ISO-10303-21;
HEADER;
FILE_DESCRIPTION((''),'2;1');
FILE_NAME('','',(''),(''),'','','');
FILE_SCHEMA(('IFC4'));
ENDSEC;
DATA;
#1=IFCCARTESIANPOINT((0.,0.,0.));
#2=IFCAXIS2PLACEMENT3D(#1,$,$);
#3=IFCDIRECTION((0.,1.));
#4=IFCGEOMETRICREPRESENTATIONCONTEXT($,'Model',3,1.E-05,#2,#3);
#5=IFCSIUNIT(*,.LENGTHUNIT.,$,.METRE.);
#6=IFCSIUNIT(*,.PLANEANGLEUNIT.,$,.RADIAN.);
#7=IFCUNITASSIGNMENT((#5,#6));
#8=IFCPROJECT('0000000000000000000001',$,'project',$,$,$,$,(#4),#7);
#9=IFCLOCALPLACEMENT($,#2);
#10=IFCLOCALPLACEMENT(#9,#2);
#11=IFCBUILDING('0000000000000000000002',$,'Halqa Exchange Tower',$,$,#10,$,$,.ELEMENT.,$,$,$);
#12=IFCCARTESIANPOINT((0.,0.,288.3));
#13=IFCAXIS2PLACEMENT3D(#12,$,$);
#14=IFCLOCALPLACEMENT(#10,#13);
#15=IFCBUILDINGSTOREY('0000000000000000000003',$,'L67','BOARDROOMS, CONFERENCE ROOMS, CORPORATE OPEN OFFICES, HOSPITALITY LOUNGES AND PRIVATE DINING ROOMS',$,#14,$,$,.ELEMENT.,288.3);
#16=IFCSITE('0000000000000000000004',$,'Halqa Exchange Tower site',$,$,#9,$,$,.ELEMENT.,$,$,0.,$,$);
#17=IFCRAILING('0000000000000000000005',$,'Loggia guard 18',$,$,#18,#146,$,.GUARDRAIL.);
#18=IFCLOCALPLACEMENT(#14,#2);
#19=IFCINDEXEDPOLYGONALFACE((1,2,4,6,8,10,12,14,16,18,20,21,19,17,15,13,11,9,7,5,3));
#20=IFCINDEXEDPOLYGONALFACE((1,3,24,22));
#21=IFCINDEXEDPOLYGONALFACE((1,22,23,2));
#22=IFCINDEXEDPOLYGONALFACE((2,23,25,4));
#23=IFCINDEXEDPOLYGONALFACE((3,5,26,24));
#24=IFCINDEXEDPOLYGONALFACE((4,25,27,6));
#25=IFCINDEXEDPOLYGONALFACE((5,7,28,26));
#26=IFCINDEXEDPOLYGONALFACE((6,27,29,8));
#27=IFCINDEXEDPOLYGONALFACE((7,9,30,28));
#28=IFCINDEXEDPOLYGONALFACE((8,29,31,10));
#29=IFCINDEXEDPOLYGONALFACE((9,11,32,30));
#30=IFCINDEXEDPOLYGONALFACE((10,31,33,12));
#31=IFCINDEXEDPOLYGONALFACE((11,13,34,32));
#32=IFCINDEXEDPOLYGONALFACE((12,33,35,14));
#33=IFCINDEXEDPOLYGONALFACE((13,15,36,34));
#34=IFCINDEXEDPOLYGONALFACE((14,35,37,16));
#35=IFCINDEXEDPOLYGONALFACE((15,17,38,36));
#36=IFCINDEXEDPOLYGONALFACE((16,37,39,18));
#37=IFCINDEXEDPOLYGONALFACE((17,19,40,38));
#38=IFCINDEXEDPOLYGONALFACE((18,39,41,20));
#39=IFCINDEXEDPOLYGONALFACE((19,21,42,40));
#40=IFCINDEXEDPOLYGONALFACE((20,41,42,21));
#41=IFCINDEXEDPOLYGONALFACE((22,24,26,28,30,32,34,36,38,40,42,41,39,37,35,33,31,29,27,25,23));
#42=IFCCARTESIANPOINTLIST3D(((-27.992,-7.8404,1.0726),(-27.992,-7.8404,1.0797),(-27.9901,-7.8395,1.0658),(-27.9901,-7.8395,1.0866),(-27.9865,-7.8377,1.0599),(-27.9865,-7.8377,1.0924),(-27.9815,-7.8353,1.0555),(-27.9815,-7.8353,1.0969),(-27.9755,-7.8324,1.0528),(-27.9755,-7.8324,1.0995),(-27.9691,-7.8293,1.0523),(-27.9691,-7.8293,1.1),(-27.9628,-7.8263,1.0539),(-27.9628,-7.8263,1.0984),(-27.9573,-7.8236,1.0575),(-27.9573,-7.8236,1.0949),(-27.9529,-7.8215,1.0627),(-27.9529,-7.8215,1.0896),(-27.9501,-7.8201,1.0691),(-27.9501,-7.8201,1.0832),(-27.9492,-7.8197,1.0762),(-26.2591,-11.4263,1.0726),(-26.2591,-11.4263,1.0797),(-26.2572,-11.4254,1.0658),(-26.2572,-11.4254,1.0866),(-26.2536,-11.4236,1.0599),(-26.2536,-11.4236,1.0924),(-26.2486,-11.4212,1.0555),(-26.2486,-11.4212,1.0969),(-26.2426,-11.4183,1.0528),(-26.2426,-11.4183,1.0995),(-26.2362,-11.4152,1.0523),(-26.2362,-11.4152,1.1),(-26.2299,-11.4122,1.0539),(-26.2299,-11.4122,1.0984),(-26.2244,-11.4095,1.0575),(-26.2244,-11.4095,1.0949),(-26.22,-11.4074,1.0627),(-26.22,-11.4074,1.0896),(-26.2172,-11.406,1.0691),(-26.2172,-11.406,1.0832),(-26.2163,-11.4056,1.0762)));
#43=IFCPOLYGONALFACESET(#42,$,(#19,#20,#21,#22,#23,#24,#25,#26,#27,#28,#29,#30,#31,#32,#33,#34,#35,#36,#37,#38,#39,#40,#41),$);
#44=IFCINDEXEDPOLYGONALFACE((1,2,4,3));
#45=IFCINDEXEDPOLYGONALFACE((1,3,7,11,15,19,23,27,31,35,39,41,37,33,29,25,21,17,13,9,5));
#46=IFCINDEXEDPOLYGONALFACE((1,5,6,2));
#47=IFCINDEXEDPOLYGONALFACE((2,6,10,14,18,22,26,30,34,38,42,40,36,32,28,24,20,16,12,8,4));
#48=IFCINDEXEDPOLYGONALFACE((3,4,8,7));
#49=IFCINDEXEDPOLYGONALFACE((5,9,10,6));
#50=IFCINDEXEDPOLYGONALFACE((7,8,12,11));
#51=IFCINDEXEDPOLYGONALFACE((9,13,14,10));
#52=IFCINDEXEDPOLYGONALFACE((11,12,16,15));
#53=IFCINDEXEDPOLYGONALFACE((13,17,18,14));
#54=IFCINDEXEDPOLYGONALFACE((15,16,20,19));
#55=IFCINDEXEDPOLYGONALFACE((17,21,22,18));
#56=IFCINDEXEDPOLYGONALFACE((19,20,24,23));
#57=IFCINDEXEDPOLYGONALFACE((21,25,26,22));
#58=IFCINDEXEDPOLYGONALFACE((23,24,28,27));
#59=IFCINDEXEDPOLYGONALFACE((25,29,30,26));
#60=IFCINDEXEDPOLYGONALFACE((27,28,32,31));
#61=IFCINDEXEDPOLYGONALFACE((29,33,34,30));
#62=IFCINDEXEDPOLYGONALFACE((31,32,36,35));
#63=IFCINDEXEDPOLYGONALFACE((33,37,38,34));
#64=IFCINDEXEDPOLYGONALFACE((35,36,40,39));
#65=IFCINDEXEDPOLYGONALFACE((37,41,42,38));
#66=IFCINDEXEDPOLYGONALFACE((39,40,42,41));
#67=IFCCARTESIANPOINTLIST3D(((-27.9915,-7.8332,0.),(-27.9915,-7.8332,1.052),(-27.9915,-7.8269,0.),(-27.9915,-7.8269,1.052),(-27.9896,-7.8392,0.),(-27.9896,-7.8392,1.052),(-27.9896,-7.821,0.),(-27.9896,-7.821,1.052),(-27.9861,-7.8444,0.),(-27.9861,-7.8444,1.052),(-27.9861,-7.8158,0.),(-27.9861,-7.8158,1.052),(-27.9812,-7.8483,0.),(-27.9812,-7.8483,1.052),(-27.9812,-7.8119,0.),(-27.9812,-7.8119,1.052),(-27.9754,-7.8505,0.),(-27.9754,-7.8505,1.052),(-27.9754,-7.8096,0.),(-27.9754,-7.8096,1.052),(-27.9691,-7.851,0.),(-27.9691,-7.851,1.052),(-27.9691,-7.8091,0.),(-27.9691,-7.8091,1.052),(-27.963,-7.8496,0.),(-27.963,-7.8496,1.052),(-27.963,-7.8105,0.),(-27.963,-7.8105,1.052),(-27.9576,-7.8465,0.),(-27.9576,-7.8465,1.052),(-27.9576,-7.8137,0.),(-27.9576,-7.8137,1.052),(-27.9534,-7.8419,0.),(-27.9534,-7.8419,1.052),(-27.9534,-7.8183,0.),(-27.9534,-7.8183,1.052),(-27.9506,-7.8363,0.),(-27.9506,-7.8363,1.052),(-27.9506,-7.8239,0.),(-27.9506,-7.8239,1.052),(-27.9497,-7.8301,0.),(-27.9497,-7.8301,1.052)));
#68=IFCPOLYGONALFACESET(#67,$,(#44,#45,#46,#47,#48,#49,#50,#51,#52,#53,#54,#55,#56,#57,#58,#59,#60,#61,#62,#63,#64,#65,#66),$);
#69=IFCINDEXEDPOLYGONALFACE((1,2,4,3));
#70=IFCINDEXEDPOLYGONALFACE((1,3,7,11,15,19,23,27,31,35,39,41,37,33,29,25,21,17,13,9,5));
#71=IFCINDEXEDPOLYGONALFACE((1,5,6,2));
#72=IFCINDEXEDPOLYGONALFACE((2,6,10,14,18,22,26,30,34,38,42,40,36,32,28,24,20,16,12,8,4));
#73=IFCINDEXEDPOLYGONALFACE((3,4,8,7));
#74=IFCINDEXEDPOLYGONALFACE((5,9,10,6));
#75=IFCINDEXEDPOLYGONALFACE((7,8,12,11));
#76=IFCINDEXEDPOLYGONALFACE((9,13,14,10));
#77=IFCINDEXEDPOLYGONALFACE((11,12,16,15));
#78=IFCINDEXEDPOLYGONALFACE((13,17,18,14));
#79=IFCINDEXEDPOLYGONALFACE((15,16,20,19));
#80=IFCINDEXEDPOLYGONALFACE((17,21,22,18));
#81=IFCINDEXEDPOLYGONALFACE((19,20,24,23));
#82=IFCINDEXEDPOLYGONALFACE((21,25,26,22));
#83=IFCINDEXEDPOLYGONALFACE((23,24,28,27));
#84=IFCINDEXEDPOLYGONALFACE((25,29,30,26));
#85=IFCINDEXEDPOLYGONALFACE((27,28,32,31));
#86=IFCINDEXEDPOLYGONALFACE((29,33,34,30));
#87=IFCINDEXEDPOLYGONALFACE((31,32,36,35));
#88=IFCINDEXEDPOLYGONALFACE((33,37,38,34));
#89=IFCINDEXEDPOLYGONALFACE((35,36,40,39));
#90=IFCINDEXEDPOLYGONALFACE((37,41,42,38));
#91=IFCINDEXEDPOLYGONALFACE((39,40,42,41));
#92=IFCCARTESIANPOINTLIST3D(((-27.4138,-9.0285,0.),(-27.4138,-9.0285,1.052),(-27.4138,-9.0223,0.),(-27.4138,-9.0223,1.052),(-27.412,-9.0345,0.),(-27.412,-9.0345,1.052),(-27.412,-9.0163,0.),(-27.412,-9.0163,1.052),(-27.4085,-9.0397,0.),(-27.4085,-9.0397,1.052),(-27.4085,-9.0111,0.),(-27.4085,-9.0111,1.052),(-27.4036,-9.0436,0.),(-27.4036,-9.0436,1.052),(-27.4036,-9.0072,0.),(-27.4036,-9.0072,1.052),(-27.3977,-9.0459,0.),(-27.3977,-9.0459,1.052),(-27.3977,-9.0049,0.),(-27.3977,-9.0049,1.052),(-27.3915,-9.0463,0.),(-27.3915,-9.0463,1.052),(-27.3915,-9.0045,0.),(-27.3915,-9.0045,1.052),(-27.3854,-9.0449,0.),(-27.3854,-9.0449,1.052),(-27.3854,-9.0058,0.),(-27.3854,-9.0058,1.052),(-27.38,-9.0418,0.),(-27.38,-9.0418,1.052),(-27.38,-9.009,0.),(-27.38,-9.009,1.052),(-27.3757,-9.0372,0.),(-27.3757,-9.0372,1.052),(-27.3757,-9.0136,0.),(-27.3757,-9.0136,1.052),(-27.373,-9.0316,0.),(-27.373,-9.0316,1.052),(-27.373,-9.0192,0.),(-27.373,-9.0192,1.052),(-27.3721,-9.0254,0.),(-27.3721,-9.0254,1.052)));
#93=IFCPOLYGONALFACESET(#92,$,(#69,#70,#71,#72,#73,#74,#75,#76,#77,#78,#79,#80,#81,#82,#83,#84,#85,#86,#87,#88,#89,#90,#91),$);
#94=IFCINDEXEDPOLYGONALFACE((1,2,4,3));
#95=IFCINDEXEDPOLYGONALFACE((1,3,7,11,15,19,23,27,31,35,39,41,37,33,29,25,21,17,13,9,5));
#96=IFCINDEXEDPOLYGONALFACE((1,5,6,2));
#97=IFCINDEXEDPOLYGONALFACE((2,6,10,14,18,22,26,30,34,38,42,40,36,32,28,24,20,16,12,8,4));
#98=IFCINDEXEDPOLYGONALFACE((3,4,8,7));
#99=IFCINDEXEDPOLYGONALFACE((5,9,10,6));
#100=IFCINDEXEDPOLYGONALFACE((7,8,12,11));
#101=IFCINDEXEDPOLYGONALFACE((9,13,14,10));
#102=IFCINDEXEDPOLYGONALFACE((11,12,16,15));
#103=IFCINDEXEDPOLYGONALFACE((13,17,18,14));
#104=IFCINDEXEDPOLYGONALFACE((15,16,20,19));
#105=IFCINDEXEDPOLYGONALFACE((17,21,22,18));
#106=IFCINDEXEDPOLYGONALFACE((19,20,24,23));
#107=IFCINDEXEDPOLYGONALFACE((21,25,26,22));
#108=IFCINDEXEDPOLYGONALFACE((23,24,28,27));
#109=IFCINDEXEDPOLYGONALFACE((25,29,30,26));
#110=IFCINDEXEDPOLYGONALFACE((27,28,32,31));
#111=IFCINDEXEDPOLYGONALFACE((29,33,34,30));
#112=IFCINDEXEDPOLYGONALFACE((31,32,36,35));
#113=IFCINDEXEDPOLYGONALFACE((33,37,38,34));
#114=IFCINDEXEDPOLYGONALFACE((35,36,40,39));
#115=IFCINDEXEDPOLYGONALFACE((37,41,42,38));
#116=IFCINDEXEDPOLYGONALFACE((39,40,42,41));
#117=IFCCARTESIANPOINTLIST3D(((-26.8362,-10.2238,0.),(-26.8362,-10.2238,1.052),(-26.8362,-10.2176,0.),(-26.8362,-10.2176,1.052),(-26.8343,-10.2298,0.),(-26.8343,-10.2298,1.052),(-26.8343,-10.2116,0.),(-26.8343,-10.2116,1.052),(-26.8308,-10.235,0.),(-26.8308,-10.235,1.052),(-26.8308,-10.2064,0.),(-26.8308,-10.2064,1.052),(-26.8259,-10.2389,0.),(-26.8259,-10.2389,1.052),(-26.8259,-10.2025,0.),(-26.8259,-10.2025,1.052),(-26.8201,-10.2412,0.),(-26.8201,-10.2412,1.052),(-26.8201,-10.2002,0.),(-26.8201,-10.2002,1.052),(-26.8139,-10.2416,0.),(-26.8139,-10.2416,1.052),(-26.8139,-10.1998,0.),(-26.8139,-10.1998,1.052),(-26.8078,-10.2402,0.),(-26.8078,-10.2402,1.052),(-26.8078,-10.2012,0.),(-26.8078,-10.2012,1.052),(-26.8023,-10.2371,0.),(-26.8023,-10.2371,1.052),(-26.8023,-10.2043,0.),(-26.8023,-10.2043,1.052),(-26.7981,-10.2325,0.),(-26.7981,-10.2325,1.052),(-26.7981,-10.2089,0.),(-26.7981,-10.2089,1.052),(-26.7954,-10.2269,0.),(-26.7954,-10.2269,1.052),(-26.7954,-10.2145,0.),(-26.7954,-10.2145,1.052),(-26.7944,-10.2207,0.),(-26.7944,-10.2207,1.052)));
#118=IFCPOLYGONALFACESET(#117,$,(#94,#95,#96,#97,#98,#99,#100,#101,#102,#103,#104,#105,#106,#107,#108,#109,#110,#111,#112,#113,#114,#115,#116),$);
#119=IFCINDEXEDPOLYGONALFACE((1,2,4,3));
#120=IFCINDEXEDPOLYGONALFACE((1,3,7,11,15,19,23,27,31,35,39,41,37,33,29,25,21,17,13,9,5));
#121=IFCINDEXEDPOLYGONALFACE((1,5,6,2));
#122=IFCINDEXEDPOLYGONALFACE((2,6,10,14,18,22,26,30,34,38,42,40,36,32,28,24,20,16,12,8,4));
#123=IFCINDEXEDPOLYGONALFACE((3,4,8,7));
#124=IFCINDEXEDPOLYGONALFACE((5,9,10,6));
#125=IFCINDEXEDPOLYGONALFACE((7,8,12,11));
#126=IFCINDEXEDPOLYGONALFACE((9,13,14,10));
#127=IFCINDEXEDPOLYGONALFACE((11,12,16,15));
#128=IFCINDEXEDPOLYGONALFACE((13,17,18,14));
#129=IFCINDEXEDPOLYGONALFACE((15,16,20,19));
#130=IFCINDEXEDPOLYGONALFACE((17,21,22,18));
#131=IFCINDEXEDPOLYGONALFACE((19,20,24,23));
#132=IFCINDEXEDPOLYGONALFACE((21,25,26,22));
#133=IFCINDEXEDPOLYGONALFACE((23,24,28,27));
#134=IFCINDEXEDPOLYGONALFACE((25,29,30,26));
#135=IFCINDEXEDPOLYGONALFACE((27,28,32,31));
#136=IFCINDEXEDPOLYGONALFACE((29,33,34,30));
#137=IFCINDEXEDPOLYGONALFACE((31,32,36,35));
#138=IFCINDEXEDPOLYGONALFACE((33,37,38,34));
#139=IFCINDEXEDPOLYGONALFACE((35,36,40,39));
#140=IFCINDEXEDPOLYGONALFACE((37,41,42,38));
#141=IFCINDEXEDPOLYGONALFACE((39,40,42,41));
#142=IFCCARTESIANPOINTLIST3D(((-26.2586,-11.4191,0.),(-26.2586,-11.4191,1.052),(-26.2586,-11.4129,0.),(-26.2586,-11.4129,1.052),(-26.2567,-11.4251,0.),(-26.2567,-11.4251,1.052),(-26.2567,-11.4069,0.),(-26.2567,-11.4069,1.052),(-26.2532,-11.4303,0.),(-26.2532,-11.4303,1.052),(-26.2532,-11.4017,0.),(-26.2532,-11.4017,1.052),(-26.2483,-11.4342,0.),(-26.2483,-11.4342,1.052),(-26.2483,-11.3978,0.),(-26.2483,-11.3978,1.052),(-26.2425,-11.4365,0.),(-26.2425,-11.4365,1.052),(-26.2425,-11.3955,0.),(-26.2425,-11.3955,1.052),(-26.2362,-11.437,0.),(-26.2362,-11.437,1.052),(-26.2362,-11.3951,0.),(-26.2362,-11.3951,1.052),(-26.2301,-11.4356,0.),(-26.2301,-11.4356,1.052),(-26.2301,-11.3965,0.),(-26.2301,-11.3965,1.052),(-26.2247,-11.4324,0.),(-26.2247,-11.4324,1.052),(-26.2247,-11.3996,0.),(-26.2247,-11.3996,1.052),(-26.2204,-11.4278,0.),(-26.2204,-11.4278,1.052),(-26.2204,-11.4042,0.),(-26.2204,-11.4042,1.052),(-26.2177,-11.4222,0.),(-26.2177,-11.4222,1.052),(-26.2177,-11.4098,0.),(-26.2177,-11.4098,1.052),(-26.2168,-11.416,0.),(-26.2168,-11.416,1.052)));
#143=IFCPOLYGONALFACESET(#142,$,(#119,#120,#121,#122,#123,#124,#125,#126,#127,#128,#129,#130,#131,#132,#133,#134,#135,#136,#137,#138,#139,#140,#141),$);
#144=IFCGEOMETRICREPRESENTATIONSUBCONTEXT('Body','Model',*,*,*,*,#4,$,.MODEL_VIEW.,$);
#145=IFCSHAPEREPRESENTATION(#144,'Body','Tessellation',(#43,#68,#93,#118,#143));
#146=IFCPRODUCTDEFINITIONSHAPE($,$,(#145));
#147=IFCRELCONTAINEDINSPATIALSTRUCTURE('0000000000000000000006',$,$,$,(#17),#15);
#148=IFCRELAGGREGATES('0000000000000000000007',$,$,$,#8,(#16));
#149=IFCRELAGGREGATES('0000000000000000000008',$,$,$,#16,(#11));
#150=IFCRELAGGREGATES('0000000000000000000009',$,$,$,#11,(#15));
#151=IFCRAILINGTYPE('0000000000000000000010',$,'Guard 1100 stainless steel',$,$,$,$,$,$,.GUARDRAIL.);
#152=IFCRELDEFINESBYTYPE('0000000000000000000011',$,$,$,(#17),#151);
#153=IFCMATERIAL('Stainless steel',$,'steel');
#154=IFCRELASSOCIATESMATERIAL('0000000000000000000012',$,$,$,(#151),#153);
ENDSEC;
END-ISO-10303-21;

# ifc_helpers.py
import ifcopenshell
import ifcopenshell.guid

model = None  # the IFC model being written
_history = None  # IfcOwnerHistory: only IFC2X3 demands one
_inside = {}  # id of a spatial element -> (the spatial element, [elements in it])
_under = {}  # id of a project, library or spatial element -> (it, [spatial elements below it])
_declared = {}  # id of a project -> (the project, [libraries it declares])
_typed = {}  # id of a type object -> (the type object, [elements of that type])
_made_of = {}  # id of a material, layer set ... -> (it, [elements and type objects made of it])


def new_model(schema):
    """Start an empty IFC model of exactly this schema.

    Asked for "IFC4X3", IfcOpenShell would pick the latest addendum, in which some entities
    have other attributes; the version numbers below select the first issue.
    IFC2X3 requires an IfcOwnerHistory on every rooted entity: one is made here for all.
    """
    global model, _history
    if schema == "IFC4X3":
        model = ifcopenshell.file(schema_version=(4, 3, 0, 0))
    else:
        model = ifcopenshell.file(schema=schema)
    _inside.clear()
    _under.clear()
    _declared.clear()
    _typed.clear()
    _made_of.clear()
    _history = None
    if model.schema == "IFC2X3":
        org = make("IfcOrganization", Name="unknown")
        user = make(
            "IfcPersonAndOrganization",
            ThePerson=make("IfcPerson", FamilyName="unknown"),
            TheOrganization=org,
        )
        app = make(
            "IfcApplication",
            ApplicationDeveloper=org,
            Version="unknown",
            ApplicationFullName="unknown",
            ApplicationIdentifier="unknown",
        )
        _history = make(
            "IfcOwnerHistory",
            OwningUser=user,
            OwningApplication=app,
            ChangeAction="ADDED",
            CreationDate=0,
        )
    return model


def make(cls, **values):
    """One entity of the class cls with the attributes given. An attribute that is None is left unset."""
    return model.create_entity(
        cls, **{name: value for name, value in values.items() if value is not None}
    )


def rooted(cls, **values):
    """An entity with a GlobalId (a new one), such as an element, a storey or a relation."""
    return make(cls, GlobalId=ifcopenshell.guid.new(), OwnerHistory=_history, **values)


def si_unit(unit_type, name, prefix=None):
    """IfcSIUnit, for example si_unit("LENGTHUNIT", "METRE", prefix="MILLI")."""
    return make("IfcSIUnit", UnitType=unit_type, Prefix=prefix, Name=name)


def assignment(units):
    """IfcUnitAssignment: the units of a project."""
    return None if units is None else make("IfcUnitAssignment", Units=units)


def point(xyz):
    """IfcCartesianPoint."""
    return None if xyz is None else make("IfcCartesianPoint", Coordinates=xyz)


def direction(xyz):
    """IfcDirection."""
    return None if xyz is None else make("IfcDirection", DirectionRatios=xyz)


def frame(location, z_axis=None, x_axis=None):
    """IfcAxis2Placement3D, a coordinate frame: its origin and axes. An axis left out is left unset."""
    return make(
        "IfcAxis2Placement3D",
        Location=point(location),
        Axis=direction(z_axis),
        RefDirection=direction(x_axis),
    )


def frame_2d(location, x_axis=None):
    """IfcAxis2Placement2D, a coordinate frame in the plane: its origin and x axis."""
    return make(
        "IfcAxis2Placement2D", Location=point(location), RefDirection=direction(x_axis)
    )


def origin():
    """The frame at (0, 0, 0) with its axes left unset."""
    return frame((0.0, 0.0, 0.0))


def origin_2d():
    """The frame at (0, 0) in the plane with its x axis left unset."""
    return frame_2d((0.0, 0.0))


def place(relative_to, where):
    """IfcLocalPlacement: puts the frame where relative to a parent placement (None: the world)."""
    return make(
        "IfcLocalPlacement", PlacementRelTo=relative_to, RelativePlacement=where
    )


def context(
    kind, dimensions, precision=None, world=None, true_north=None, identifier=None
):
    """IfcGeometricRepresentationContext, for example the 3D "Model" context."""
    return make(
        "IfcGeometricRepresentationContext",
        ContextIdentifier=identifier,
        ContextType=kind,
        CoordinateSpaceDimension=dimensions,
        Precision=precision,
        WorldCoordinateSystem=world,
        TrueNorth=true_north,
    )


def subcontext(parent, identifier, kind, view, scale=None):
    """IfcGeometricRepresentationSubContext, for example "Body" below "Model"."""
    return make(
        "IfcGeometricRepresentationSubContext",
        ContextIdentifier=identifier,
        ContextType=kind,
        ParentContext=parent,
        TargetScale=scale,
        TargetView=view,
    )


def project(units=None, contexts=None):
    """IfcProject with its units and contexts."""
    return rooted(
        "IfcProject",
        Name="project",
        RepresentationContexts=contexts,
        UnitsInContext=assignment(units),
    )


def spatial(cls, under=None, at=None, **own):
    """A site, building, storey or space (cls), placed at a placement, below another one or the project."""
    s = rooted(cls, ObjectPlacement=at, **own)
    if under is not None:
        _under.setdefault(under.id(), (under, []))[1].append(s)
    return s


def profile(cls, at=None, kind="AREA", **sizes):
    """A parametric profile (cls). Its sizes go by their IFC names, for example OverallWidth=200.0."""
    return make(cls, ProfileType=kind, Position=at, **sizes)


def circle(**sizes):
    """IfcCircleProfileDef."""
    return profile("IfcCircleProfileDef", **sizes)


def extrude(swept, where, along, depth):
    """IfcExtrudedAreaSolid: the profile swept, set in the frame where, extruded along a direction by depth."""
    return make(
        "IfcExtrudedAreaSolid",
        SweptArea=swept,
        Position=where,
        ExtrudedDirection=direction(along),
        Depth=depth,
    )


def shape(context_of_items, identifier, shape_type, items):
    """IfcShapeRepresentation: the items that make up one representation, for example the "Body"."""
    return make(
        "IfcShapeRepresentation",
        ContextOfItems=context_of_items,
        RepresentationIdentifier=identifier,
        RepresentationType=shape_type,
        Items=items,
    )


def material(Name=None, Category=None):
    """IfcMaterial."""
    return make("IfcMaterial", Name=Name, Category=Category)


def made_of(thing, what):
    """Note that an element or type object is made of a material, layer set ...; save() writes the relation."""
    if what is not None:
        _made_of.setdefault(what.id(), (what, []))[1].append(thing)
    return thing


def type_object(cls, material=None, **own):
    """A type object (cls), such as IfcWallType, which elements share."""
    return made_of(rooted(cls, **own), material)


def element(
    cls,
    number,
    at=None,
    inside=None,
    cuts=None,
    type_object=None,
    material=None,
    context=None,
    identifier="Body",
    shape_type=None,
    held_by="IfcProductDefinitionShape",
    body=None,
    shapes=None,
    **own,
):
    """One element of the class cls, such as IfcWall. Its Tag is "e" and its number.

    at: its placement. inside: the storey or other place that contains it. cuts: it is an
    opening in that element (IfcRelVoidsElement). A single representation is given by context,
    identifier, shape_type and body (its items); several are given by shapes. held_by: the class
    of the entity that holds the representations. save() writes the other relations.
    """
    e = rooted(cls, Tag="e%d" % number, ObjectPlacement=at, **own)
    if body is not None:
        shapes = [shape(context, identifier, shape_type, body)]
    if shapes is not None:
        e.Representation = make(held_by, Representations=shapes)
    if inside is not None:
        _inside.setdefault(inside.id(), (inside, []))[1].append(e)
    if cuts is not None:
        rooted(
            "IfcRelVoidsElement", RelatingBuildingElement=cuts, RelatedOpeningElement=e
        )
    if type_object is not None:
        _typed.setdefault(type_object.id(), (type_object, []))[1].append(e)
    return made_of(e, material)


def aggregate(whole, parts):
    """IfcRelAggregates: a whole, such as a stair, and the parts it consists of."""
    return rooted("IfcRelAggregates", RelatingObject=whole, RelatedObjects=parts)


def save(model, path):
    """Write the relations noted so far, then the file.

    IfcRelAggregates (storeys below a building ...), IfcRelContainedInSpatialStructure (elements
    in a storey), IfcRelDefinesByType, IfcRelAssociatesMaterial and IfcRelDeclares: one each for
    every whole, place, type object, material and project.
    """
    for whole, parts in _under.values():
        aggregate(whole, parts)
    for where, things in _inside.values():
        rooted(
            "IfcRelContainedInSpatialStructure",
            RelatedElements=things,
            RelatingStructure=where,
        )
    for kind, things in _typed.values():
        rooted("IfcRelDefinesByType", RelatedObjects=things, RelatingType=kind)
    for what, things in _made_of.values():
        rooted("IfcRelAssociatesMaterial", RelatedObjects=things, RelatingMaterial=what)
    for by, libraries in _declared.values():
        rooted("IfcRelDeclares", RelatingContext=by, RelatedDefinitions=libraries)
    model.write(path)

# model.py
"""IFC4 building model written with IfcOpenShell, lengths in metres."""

from ifc_helpers import new_model, si_unit, direction, frame, origin, origin_2d, place, context, subcontext, project, spatial, circle, extrude, material, type_object, element, save


model = new_model("IFC4")

# Units and contexts
model_context = context("Model", 3, precision=1e-05, world=origin(), true_north=direction((0.0, 1.0)))
body_context = subcontext(model_context, "Body", "Model", "MODEL_VIEW")
ifc_project = project(units=[si_unit("LENGTHUNIT", "METRE"), si_unit("PLANEANGLEUNIT", "RADIAN")], contexts=[model_context])

# Site, building, storey
site_placement = place(None, origin())
site = spatial("IfcSite", under=ifc_project, at=site_placement, Name="Halqa Exchange Tower site", CompositionType="ELEMENT", RefElevation=0.0)
building_placement = place(site_placement, origin())
building = spatial("IfcBuilding", under=site, at=building_placement, Name="Halqa Exchange Tower", CompositionType="ELEMENT")
storey_placement = place(building_placement, frame((0.0, 0.0, 288.3)))
storey = spatial("IfcBuildingStorey", under=building, at=storey_placement, Name="L67", Description="BOARDROOMS, CONFERENCE ROOMS, CORPORATE OPEN OFFICES, HOSPITALITY LOUNGES AND PRIVATE DINING ROOMS", CompositionType="ELEMENT", Elevation=288.3)

# Railing
ifc_material_1 = material(Name="Stainless steel", Category="steel")
railing_type = type_object("IfcRailingType", Name="Guard 1100 stainless steel", PredefinedType="GUARDRAIL", material=ifc_material_1)
railing_1_placement = place(storey_placement, frame((-27.9707, -7.8301, 0.0)))
element("IfcRailing", 1, at=railing_1_placement, inside=storey, type_object=railing_type, Name="Loggia guard 18", PredefinedType="GUARDRAIL", context=body_context, shape_type="SweptSolid", body=[
    extrude(circle(Radius=0.0239, at=origin_2d()), frame((0.0, 0.0, 1.0762), z_axis=(0.435109, -0.900378, 0.0), x_axis=(0.900378, 0.435109, 0.0)), (0.0, 0.0, 1.0), 3.9827),
    extrude(circle(Radius=0.021, at=origin_2d()), origin(), (0.0, 0.0, 1.0), 1.052),
    extrude(circle(Radius=0.021, at=origin_2d()), frame((0.5776, -1.1953, 0.0)), (0.0, 0.0, 1.0), 1.052),
    extrude(circle(Radius=0.021, at=origin_2d()), frame((1.1553, -2.3906, 0.0)), (0.0, 0.0, 1.0), 1.052),
    extrude(circle(Radius=0.021, at=origin_2d()), frame((1.7329, -3.5859, 0.0)), (0.0, 0.0, 1.0), 1.052),
])

save(model, "model.ifc")
